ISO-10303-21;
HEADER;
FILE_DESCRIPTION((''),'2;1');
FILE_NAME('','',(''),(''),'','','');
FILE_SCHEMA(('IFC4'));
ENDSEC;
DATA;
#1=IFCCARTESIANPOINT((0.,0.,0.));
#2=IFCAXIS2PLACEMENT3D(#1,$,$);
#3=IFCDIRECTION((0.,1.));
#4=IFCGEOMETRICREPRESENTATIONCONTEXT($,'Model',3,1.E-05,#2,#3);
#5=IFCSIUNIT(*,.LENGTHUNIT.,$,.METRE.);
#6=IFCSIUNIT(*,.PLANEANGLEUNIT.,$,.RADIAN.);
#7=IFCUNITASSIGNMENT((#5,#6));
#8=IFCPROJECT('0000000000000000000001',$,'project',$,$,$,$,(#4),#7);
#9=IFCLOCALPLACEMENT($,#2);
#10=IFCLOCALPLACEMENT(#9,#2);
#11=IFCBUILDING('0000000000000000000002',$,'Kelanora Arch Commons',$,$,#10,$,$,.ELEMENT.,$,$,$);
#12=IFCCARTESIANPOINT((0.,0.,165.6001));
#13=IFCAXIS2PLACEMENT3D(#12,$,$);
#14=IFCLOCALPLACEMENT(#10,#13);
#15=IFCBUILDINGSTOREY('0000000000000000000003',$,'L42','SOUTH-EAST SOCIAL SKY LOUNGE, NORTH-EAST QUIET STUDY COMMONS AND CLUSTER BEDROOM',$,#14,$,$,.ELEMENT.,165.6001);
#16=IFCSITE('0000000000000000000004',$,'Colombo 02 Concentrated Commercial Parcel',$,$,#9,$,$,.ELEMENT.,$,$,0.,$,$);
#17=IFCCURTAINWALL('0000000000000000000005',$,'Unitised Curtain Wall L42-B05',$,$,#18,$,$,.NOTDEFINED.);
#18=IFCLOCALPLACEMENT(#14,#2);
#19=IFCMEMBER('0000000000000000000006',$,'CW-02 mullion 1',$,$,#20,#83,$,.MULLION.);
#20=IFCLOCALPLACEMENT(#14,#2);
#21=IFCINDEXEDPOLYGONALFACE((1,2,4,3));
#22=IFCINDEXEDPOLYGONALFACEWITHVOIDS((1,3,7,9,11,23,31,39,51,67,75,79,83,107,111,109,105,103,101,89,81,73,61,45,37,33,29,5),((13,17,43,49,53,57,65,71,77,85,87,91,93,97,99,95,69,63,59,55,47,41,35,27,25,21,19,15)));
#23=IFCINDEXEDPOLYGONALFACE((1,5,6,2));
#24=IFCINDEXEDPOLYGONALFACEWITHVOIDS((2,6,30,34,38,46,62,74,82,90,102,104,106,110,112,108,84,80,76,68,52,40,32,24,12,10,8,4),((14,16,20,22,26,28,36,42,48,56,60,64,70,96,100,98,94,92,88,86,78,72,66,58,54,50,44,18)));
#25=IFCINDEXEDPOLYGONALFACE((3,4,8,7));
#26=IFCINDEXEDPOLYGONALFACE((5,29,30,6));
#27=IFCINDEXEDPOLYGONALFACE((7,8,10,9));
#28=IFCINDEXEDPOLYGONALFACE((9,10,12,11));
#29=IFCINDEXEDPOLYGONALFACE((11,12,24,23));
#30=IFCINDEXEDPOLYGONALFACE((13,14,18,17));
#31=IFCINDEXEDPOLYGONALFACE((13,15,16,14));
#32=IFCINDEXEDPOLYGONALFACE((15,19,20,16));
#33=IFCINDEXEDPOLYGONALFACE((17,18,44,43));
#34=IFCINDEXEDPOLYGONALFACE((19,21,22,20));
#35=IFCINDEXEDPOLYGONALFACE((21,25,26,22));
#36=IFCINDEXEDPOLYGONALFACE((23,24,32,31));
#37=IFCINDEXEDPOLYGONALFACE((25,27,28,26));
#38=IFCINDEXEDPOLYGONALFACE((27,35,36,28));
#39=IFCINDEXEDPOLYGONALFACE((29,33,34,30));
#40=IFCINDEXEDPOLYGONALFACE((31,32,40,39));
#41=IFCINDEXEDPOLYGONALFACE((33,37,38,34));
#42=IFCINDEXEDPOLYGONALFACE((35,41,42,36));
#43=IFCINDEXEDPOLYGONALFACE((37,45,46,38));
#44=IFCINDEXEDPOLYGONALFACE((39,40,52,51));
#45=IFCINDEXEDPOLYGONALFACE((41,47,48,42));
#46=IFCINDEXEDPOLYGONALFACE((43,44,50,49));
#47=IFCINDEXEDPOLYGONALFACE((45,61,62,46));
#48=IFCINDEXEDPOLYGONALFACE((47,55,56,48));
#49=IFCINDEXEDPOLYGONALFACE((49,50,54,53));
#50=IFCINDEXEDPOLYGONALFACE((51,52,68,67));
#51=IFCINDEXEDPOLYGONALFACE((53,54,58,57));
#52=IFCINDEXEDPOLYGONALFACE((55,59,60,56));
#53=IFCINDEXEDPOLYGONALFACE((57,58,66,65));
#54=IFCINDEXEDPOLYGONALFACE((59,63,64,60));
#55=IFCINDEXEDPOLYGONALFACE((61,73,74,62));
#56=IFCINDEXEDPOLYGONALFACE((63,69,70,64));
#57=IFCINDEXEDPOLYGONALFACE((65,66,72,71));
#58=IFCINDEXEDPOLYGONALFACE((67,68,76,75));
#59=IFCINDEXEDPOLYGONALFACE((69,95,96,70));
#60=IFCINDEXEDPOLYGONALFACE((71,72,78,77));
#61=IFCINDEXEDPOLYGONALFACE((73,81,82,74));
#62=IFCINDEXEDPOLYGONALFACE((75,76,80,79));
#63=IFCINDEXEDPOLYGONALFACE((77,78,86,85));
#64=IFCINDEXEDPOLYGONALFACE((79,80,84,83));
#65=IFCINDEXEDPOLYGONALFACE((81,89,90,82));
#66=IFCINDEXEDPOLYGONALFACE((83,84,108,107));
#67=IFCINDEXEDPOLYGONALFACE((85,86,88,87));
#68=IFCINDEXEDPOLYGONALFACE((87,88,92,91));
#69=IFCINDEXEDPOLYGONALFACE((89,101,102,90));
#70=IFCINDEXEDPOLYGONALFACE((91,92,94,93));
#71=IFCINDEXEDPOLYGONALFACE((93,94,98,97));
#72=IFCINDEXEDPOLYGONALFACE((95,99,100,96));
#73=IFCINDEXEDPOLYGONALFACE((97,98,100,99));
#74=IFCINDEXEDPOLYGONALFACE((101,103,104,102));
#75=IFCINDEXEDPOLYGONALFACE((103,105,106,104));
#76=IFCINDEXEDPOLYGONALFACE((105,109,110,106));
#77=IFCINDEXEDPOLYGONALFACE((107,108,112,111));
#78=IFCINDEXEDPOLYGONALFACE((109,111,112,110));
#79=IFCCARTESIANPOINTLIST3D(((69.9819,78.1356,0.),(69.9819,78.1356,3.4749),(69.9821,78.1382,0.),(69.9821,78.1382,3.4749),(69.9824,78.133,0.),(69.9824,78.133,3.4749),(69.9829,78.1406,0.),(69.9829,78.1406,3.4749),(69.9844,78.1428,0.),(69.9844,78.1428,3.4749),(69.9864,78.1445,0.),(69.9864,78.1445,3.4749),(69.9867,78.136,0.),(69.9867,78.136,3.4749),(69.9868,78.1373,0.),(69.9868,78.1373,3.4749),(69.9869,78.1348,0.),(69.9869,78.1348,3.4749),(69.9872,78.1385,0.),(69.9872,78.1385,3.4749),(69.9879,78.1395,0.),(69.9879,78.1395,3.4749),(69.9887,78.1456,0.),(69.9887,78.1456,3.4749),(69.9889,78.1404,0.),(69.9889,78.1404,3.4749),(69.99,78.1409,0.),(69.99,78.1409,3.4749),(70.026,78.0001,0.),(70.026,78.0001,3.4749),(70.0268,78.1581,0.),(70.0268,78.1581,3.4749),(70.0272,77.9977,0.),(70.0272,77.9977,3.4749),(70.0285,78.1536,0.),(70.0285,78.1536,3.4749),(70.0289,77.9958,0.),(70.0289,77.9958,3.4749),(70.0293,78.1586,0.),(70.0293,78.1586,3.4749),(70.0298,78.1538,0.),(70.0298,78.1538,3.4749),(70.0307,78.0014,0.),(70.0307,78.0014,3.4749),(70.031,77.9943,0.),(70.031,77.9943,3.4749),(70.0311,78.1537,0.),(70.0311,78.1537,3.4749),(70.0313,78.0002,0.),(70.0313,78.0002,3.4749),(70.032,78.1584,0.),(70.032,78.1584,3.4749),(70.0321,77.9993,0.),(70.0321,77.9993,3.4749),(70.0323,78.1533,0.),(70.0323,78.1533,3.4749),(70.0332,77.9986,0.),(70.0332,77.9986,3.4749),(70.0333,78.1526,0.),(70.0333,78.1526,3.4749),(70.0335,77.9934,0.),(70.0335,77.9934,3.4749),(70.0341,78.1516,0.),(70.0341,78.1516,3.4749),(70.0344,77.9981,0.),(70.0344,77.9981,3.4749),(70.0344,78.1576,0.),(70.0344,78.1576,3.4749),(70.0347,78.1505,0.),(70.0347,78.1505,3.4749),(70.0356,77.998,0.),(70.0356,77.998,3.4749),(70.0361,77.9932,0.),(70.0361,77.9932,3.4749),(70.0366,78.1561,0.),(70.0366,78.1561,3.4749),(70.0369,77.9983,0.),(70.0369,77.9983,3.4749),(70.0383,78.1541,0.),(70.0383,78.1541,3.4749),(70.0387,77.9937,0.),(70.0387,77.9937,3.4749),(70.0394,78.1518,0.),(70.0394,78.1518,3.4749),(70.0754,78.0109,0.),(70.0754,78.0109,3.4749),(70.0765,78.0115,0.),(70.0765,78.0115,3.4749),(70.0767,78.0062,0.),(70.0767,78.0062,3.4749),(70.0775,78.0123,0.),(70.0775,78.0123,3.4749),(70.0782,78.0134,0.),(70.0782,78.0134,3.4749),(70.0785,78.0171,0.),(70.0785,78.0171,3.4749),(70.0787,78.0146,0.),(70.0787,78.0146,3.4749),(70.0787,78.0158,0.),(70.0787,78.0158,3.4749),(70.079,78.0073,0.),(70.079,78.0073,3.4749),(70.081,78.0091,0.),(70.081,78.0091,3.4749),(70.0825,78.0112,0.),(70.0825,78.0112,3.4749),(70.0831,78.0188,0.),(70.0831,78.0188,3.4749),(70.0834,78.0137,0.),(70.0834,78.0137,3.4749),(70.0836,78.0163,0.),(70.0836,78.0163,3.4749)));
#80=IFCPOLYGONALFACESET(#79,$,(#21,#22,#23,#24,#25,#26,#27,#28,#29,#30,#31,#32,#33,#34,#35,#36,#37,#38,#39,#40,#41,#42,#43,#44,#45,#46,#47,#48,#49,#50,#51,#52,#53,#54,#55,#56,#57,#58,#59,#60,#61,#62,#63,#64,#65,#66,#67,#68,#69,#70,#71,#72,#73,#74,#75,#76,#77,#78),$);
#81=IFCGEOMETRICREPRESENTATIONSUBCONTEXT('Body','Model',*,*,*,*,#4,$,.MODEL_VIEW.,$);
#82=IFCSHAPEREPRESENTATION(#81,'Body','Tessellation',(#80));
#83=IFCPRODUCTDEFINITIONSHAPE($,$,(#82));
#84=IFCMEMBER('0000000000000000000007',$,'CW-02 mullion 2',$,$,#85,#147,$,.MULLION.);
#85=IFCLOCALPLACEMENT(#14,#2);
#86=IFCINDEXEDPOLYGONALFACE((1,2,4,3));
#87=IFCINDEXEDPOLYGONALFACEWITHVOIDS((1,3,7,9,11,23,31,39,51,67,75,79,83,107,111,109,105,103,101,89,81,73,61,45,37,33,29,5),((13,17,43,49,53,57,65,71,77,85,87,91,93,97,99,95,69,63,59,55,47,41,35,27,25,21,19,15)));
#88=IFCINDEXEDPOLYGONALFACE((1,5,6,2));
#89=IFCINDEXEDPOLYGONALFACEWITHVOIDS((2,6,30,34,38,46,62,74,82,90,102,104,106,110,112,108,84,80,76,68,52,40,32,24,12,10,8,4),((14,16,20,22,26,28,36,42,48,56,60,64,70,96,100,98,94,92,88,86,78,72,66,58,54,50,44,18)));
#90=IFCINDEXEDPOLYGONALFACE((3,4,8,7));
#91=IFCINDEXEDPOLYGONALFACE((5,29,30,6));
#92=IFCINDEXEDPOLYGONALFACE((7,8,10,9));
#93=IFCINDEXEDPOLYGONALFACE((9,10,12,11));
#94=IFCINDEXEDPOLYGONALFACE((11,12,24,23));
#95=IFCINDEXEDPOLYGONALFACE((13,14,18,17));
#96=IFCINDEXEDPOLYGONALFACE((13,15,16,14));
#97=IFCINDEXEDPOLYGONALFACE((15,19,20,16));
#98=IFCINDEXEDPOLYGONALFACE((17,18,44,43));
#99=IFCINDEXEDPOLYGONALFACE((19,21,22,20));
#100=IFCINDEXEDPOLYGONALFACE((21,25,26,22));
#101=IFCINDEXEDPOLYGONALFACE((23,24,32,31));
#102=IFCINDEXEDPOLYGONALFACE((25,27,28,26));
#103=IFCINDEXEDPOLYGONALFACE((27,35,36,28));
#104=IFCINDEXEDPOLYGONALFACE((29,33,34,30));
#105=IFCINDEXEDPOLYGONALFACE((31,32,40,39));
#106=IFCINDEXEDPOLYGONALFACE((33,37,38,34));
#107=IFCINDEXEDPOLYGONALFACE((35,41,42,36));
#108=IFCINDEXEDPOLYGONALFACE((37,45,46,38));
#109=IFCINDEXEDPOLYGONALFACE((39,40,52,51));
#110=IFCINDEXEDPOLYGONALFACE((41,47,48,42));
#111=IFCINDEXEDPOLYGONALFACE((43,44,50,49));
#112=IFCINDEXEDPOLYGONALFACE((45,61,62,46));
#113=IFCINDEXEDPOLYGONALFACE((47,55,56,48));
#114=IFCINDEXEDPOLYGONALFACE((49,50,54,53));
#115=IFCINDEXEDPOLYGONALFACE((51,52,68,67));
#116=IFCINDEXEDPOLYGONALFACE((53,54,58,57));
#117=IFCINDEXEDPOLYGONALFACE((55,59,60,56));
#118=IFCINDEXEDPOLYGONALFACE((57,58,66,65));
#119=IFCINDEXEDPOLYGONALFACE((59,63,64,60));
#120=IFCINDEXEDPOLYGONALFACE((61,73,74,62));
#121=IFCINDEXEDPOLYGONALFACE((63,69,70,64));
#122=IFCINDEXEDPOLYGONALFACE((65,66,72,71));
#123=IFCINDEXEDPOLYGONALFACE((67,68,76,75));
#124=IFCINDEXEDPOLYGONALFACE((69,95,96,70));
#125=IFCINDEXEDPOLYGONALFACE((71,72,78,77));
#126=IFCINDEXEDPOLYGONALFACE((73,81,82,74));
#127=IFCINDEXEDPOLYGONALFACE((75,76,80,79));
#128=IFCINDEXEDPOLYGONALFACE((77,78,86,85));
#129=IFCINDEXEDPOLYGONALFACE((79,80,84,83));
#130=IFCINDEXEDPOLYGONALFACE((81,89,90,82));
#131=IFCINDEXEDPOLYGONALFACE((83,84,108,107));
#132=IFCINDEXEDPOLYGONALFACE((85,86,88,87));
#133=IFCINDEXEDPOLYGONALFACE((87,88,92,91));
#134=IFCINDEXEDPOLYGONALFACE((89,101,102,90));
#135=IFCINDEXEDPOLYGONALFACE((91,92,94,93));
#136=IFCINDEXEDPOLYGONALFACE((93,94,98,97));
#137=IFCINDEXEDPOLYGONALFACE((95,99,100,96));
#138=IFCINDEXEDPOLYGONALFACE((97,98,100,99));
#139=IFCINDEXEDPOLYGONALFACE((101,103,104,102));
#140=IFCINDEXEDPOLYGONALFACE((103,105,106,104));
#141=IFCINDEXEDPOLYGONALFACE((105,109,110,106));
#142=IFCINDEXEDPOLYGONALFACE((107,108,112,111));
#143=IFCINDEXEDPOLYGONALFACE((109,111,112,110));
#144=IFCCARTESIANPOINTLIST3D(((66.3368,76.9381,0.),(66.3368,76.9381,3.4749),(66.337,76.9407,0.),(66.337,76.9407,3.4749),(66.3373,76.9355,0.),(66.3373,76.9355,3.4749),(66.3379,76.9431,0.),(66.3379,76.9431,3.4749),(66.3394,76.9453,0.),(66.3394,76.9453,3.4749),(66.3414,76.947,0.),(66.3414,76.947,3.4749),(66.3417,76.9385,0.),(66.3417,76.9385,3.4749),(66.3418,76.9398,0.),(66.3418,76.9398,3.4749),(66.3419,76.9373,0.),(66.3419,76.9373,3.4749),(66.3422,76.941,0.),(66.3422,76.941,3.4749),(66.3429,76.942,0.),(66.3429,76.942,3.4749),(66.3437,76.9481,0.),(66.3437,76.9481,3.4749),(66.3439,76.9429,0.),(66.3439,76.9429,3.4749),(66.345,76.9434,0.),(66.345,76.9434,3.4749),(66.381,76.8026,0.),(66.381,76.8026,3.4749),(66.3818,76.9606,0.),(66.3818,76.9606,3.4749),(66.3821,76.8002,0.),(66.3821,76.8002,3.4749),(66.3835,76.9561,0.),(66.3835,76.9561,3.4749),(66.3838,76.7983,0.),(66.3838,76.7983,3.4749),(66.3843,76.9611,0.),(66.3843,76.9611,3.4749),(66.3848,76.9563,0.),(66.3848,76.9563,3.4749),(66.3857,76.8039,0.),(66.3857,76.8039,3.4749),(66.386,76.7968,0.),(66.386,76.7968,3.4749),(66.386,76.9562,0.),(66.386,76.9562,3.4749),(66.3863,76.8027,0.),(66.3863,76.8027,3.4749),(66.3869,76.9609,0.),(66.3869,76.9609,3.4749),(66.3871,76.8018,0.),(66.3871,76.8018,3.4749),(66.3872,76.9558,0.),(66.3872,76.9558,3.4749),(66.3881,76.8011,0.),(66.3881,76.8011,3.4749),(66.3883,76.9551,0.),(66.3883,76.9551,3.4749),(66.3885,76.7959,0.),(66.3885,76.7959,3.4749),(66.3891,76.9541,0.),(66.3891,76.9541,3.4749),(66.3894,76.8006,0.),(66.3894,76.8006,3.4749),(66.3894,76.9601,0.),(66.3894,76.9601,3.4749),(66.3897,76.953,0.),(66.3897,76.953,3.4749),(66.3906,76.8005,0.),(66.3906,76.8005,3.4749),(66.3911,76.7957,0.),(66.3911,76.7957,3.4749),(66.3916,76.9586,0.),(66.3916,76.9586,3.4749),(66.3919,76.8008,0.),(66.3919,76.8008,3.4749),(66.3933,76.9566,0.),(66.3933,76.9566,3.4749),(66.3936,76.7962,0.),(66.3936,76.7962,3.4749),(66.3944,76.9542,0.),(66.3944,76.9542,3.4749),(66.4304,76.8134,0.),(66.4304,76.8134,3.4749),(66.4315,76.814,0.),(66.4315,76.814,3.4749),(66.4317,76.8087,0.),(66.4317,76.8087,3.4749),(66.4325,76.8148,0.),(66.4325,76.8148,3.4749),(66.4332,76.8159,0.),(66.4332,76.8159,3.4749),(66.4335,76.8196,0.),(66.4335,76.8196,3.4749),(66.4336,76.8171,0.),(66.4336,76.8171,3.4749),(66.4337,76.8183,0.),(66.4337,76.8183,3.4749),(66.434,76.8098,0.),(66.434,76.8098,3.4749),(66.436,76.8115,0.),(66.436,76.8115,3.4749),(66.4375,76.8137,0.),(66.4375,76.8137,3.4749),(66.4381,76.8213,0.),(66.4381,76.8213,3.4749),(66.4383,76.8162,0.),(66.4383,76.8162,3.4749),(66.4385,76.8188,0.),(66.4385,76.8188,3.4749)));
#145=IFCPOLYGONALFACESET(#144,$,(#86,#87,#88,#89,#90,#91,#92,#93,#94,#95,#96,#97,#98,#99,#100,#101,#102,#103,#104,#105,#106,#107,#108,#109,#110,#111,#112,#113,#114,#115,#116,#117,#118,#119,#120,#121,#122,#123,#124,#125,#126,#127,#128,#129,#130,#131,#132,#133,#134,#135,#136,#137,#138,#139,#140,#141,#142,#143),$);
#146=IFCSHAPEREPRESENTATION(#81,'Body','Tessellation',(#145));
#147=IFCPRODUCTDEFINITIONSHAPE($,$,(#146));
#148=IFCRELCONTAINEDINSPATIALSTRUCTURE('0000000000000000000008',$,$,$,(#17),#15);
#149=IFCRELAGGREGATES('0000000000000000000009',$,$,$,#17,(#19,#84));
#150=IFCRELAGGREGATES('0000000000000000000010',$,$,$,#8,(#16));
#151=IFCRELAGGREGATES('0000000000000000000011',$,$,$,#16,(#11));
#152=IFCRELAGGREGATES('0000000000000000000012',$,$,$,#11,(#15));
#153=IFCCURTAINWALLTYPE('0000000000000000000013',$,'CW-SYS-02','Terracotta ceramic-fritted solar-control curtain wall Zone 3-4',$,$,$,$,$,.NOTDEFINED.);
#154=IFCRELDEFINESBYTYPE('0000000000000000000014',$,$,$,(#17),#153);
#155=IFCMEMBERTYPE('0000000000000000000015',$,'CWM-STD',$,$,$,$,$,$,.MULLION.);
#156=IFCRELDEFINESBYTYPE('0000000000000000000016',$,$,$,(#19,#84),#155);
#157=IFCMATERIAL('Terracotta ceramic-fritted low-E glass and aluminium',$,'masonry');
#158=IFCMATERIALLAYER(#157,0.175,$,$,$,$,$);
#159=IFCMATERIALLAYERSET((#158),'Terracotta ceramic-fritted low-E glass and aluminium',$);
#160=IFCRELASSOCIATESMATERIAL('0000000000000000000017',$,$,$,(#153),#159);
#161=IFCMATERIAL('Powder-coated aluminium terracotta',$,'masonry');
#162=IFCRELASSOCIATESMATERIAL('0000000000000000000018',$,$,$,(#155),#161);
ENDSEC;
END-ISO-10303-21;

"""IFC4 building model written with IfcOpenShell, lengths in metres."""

from ifc_helpers import new_model, si_unit, direction, frame, origin, origin_2d, place, context, subcontext, project, spatial, hollow_rectangle, extrude, material, layer, layer_set, material_profile, profile_set, type_object, element, aggregate, save


model = new_model("IFC4")

# Units and contexts
model_context = context("Model", 3, precision=1e-05, world=origin(), true_north=direction((0.0, 1.0)))
body_context = subcontext(model_context, "Body", "Model", "MODEL_VIEW")
ifc_project = project(units=[si_unit("LENGTHUNIT", "METRE"), si_unit("PLANEANGLEUNIT", "RADIAN")], contexts=[model_context])

# Site, building, storey
site_placement = place(None, origin())
site = spatial("IfcSite", under=ifc_project, at=site_placement, Name="Colombo 02 Concentrated Commercial Parcel", CompositionType="ELEMENT", RefElevation=0.0)
building_placement = place(site_placement, origin())
building = spatial("IfcBuilding", under=site, at=building_placement, Name="Kelanora Arch Commons", CompositionType="ELEMENT")
storey_placement = place(building_placement, frame((0.0, 0.0, 165.6001)))
storey = spatial("IfcBuildingStorey", under=building, at=storey_placement, Name="L42", Description="SOUTH-EAST SOCIAL SKY LOUNGE, NORTH-EAST QUIET STUDY COMMONS AND CLUSTER BEDROOM", CompositionType="ELEMENT", Elevation=165.6001)

# Curtain wall, members
ifc_material_1 = material(Name="Terracotta ceramic-fritted low-E glass and aluminium", Category="masonry")
ifc_layer_1 = layer(ifc_material_1, 0.175)
ifc_layer_set_1 = layer_set([ifc_layer_1], Name="Terracotta ceramic-fritted low-E glass and aluminium")
curtain_wall_type = type_object("IfcCurtainWallType", Name="CW-SYS-02", Description="Terracotta ceramic-fritted solar-control curtain wall Zone 3-4", PredefinedType="NOTDEFINED", material=ifc_layer_set_1)
curtain_wall_placement = place(storey_placement, origin())
curtain_wall = element("IfcCurtainWall", 1, at=curtain_wall_placement, inside=storey, type_object=curtain_wall_type, Name="Unitised Curtain Wall L42-B05", PredefinedType="NOTDEFINED")
ifc_material_2 = material(Name="Powder-coated aluminium terracotta", Category="masonry")
ifc_material_profile_1 = material_profile(ifc_material_2, hollow_rectangle(XDim=0.1599, YDim=0.0601, WallThickness=0.0049, InnerFilletRadius=0.0049, OuterFilletRadius=0.01, at=origin_2d()), Name="CWM160x60")
ifc_profile_set_1 = profile_set([ifc_material_profile_1], Name="Powder-coated aluminium terracotta")
member_type_1 = type_object("IfcMemberType", Name="CWM-STD", PredefinedType="MULLION", material=ifc_profile_set_1)
member_1_placement = place(storey_placement, frame((70.0327, 78.0759, 0.0), z_axis=(0.0, 0.0, 1.0), x_axis=(0.312128, -0.95004, 0.0)))
member_1 = element("IfcMember", 2, at=member_1_placement, type_object=member_type_1, Name="CW-02 mullion 1", PredefinedType="MULLION", context=body_context, shape_type="SweptSolid", body=[
    extrude(hollow_rectangle(XDim=0.1599, YDim=0.0601, WallThickness=0.0049, InnerFilletRadius=0.0049, OuterFilletRadius=0.01, at=origin_2d()), origin(), (0.0, 0.0, 1.0), 3.4749),
])
member_2_placement = place(storey_placement, frame((66.3877, 76.8784, 0.0), z_axis=(0.0, 0.0, 1.0), x_axis=(0.312128, -0.95004, 0.0)))
member_2 = element("IfcMember", 3, at=member_2_placement, type_object=member_type_1, Name="CW-02 mullion 2", PredefinedType="MULLION", context=body_context, shape_type="SweptSolid", body=[
    extrude(hollow_rectangle(XDim=0.1599, YDim=0.0601, WallThickness=0.0049, InnerFilletRadius=0.0049, OuterFilletRadius=0.01, at=origin_2d()), origin(), (0.0, 0.0, 1.0), 3.4749),
])
aggregate(curtain_wall, [member_1, member_2])

save(model, "model.ifc")
